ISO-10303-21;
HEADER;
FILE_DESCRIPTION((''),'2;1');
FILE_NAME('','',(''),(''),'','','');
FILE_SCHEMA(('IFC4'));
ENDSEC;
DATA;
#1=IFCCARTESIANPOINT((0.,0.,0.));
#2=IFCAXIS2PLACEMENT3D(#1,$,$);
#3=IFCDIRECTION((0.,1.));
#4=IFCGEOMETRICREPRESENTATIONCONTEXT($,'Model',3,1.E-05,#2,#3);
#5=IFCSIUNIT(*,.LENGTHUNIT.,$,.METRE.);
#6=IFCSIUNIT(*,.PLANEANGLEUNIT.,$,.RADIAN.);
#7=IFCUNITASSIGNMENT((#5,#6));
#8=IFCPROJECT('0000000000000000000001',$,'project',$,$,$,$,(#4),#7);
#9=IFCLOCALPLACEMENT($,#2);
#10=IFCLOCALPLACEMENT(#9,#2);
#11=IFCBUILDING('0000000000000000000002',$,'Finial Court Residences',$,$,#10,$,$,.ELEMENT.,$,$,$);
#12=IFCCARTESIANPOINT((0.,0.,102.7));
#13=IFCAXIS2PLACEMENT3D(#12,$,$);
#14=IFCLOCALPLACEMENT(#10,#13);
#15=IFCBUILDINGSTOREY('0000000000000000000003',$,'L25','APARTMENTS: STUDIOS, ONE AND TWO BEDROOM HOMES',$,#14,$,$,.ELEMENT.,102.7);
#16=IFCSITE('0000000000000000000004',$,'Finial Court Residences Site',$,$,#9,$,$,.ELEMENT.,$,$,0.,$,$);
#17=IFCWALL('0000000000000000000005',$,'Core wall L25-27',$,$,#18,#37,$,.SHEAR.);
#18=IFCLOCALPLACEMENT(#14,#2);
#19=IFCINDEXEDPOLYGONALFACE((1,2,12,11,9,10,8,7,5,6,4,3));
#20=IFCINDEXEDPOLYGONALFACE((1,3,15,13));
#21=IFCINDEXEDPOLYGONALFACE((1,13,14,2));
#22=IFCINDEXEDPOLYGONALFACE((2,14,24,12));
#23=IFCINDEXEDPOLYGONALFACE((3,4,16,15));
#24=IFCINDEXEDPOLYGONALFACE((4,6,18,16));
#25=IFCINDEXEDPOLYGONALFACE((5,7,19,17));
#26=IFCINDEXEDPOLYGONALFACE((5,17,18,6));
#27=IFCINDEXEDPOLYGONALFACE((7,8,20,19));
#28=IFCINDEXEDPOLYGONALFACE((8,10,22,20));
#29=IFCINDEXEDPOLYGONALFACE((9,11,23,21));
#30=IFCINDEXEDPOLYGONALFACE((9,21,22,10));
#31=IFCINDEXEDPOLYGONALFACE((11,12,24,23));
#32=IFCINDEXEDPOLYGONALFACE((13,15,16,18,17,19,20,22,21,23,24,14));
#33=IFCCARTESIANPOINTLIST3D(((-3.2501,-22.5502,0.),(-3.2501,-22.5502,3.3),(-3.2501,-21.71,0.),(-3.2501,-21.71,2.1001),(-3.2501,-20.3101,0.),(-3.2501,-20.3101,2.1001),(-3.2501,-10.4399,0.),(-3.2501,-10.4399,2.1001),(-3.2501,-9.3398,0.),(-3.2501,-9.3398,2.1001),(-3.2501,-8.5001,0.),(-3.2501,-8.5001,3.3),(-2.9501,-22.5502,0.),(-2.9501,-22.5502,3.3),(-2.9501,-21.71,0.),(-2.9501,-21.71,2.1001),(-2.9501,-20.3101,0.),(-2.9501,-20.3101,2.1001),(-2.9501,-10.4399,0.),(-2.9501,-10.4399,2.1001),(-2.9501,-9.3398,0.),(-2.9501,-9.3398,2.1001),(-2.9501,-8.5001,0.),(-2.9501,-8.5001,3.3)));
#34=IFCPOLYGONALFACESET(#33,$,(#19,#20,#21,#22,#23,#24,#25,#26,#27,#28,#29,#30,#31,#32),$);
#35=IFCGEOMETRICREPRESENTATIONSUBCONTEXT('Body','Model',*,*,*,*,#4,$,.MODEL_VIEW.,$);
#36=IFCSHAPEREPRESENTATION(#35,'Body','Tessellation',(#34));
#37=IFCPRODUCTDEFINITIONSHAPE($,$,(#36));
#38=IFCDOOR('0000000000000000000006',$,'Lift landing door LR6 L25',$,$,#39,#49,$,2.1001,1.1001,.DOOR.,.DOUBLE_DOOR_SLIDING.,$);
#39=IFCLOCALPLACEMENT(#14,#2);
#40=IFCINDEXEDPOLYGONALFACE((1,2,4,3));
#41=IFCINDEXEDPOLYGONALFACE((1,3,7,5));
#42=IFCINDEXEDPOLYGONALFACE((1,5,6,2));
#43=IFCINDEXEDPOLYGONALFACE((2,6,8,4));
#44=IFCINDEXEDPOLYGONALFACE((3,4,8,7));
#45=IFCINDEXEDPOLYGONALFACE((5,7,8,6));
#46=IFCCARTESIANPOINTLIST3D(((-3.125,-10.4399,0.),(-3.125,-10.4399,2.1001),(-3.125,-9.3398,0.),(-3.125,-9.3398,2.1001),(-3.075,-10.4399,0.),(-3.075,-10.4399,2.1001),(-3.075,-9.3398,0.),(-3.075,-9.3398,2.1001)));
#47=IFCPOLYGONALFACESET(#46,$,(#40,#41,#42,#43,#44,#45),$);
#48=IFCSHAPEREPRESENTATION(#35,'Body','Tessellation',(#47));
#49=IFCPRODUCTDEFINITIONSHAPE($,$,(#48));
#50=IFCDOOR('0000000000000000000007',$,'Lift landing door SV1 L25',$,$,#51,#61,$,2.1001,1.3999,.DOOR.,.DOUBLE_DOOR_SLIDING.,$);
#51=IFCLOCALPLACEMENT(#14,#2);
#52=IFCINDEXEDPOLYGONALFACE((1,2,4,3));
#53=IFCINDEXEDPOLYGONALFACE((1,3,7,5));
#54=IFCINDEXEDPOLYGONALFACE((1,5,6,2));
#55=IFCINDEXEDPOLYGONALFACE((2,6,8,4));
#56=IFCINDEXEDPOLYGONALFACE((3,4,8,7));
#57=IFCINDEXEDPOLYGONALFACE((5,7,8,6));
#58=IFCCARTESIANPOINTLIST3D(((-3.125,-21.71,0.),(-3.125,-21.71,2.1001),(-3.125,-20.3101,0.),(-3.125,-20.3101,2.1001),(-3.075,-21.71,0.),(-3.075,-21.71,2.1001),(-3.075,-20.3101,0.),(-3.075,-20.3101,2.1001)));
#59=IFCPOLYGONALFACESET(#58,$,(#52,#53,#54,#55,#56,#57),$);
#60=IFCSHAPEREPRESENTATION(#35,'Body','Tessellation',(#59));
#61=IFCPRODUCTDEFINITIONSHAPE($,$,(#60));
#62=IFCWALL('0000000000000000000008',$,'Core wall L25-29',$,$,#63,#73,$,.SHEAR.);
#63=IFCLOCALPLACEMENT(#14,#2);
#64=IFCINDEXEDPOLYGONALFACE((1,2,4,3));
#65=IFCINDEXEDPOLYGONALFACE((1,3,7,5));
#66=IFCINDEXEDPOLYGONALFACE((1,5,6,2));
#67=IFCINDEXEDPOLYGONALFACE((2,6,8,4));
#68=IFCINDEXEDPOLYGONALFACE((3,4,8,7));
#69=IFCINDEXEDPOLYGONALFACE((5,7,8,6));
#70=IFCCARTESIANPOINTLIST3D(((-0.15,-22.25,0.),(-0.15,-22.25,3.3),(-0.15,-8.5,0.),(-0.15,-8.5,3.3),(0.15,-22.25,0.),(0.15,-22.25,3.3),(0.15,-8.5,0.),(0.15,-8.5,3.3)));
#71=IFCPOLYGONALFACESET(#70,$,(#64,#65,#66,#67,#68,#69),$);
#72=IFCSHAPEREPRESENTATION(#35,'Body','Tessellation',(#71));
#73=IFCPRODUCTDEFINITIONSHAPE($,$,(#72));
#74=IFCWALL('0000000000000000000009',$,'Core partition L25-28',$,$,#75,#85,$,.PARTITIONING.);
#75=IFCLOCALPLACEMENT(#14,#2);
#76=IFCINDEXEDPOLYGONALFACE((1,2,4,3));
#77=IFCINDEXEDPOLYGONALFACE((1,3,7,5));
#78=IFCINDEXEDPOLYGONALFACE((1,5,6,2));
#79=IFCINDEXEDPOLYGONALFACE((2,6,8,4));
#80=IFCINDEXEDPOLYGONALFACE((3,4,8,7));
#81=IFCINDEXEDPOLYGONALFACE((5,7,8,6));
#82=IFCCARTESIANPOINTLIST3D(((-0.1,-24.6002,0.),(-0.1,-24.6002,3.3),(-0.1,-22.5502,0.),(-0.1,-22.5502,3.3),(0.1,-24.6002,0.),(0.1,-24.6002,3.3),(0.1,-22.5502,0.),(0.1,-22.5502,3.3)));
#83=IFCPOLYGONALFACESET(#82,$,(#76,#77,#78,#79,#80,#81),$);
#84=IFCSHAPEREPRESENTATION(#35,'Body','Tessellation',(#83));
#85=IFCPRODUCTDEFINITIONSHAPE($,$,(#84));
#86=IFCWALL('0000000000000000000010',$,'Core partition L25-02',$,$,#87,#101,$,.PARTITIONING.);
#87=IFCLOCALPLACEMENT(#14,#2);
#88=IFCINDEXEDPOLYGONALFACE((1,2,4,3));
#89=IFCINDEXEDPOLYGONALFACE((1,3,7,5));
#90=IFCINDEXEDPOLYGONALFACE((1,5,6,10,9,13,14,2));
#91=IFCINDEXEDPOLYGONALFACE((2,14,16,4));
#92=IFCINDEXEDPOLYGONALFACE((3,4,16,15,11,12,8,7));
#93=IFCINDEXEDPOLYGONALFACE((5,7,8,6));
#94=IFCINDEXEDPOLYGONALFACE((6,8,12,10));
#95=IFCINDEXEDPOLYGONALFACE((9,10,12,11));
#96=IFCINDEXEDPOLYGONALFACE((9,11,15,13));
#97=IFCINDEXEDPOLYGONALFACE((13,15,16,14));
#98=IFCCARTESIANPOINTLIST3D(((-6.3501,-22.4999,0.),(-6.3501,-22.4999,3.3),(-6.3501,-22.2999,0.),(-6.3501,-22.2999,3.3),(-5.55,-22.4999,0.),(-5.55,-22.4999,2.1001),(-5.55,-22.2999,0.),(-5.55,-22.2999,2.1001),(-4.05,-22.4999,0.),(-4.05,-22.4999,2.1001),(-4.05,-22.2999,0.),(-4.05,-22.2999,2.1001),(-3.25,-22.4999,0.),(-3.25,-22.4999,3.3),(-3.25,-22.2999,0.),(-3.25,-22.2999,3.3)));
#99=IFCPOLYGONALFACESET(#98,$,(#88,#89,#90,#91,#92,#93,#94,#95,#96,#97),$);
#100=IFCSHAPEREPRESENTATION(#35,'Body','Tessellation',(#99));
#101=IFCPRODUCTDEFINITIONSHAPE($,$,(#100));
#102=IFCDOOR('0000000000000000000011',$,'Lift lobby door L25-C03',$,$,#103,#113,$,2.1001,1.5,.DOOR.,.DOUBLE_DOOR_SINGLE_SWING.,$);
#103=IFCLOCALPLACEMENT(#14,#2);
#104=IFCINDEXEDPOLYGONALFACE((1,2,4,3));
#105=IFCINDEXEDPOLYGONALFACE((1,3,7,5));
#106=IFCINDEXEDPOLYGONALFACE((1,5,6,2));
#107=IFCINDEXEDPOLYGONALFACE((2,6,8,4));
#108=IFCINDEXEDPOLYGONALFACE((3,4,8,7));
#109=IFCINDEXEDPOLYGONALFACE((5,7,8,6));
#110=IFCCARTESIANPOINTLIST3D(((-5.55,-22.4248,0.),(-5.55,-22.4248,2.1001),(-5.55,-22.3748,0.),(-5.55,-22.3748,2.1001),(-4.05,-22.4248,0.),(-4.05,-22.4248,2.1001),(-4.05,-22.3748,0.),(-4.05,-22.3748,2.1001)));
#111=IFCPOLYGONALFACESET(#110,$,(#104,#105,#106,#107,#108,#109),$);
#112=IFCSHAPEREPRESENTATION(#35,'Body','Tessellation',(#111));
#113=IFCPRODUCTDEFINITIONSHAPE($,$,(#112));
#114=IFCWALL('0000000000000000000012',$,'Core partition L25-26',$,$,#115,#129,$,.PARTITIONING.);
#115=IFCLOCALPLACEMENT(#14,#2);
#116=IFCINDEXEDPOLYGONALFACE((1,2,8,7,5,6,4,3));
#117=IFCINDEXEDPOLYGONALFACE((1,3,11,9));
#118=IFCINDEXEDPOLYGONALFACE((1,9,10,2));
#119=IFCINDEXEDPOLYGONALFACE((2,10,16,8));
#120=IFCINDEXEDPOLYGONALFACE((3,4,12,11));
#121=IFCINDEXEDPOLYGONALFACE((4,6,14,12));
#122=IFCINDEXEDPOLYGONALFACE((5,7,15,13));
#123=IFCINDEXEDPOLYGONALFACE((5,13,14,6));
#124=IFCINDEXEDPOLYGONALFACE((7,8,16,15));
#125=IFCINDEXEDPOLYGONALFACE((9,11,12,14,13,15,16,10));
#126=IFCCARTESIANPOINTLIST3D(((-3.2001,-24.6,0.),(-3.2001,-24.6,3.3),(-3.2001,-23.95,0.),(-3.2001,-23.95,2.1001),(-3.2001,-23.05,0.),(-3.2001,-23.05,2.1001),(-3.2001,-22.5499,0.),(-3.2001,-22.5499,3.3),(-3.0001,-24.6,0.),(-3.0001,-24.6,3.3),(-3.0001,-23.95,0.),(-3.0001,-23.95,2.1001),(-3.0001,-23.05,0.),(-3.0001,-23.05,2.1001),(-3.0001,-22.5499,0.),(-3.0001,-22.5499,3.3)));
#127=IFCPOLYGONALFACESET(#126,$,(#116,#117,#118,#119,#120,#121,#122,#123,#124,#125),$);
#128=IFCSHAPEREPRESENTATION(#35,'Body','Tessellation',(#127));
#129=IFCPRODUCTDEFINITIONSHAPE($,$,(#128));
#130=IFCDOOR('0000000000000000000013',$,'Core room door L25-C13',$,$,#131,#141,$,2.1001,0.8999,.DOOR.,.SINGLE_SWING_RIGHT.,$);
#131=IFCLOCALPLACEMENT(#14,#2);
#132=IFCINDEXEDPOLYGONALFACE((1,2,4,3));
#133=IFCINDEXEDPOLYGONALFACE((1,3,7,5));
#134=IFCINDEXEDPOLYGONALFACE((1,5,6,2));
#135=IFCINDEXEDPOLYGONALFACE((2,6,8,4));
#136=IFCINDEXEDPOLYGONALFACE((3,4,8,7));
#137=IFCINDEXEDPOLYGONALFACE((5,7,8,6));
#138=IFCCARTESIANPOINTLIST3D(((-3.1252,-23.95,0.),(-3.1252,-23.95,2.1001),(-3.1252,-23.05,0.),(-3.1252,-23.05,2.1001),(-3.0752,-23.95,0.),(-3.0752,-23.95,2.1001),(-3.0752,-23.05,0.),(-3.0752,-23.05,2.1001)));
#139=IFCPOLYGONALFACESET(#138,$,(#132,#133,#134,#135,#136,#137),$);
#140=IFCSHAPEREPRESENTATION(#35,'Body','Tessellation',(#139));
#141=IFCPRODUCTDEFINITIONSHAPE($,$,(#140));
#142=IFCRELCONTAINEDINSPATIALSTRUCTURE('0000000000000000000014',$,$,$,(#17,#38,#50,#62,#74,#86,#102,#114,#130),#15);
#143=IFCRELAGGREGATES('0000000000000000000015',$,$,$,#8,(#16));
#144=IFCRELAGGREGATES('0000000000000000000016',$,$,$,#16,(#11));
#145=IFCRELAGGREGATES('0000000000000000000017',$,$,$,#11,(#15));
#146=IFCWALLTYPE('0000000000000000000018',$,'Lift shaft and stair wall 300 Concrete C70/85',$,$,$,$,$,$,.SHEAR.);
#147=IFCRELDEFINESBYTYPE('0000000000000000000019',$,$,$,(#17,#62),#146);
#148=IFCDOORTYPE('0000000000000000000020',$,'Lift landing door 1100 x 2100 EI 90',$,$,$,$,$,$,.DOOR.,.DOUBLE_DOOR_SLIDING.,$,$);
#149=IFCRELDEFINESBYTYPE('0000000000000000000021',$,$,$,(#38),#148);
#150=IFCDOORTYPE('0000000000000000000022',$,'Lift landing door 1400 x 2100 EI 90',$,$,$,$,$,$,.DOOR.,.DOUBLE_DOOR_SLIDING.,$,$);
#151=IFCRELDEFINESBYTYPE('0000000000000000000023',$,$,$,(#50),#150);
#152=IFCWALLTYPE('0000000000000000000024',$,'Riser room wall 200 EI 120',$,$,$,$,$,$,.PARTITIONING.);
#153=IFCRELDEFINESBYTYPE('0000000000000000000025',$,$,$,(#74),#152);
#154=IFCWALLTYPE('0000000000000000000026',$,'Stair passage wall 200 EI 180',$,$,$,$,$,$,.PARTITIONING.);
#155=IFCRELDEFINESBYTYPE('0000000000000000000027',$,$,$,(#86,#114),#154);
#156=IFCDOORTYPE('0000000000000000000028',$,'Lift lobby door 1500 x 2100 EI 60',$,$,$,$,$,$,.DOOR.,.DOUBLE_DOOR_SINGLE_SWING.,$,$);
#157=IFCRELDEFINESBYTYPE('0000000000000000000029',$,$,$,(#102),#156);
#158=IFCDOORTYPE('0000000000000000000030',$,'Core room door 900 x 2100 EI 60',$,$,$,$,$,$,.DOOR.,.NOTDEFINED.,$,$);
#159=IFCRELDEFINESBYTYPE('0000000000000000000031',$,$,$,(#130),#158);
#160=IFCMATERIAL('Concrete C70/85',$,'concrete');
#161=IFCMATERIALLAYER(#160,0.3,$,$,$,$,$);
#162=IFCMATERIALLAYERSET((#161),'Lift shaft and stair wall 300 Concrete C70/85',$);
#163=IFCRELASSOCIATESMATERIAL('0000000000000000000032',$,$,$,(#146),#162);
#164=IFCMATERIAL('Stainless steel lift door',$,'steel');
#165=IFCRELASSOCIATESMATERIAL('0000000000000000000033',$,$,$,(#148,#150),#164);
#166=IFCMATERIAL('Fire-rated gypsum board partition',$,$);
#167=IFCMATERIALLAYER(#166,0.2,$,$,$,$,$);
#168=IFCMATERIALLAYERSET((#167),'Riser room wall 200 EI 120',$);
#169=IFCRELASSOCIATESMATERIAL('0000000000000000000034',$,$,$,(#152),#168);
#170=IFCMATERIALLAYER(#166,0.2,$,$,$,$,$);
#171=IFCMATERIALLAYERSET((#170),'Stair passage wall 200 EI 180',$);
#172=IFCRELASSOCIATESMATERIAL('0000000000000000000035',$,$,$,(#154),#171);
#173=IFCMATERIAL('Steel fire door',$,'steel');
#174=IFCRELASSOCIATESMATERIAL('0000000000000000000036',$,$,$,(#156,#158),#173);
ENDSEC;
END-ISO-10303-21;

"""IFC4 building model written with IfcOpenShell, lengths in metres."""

from ifc_helpers import new_model, si_unit, direction, frame, frame_2d, origin, place, context, subcontext, project, spatial, rectangle, extrude, material, layer, layer_set, type_object, element, fill, save


model = new_model("IFC4")

# Units and contexts
model_context = context("Model", 3, precision=1e-05, world=origin(), true_north=direction((0.0, 1.0)))
body_context = subcontext(model_context, "Body", "Model", "MODEL_VIEW")
ifc_project = project(units=[si_unit("LENGTHUNIT", "METRE"), si_unit("PLANEANGLEUNIT", "RADIAN")], contexts=[model_context])

# Site, building, storey
site_placement = place(None, origin())
site = spatial("IfcSite", under=ifc_project, at=site_placement, Name="Finial Court Residences Site", CompositionType="ELEMENT", RefElevation=0.0)
building_placement = place(site_placement, origin())
building = spatial("IfcBuilding", under=site, at=building_placement, Name="Finial Court Residences", CompositionType="ELEMENT")
storey_placement = place(building_placement, frame((0.0, 0.0, 102.7)))
storey = spatial("IfcBuildingStorey", under=building, at=storey_placement, Name="L25", Description="APARTMENTS: STUDIOS, ONE AND TWO BEDROOM HOMES", CompositionType="ELEMENT", Elevation=102.7)

# Shared definitions
ifc_material_1 = material(Name="Concrete C70/85", Category="concrete")
ifc_layer_1 = layer(ifc_material_1, 0.3)
ifc_layer_set_1 = layer_set([ifc_layer_1], Name="Lift shaft and stair wall 300 Concrete C70/85")
wall_type_1 = type_object("IfcWallType", Name="Lift shaft and stair wall 300 Concrete C70/85", PredefinedType="SHEAR", material=ifc_layer_set_1)

# Shared definitions
ifc_material_2 = material(Name="Steel fire door", Category="steel")

# Wall, openings, doors
ifc_material_3 = material(Name="Stainless steel lift door", Category="steel")
door_type_1 = type_object("IfcDoorType", Name="Lift landing door 1100 x 2100 EI 90", OperationType="DOUBLE_DOOR_SLIDING", PredefinedType="DOOR", material=ifc_material_3)
wall_1_placement = place(storey_placement, frame((-3.1001, -22.55, 0.0), z_axis=(0.0, 0.0, 1.0), x_axis=(0.0, 1.0, 0.0)))
wall_1 = element("IfcWall", 1, at=wall_1_placement, inside=storey, type_object=wall_type_1, Name="Core wall L25-27", PredefinedType="SHEAR", context=body_context, shape_type="SweptSolid", body=[
    extrude(rectangle(XDim=14.05, YDim=0.3, at=frame_2d((7.0249, 0.0))), origin(), (0.0, 0.0, 1.0), 3.3),
])
opening_1_placement = place(wall_1_placement, frame((12.1101, 0.0, 0.0)))
opening_1 = element("IfcOpeningElement", 2, at=opening_1_placement, cuts=wall_1, PredefinedType="OPENING", context=body_context, shape_type="SweptSolid", body=[
    extrude(rectangle(XDim=1.1001, YDim=2.1001, at=frame_2d((0.55, 1.05))), frame((0.0, 0.1599, 0.0), z_axis=(0.0, -1.0, 0.0), x_axis=(1.0, 0.0, 0.0)), (0.0, 0.0, 1.0), 0.3201),
])
opening_2_placement = place(wall_1_placement, frame((0.8401, 0.0, 0.0)))
opening_2 = element("IfcOpeningElement", 3, at=opening_2_placement, cuts=wall_1, PredefinedType="OPENING", context=body_context, shape_type="SweptSolid", body=[
    extrude(rectangle(XDim=1.3999, YDim=2.1001, at=frame_2d((0.7, 1.05))), frame((0.0, 0.1599, 0.0), z_axis=(0.0, -1.0, 0.0), x_axis=(1.0, 0.0, 0.0)), (0.0, 0.0, 1.0), 0.3201),
])
door_1_placement = place(opening_1_placement, origin())
door_1 = element("IfcDoor", 4, at=door_1_placement, inside=storey, type_object=door_type_1, Name="Lift landing door LR6 L25", OperationType="DOUBLE_DOOR_SLIDING", OverallHeight=2.1001, OverallWidth=1.1001, PredefinedType="DOOR", context=body_context, shape_type="SweptSolid", body=[
    extrude(rectangle(XDim=1.1001, YDim=2.1001, at=frame_2d((0.55, 1.05))), frame((0.0, 0.0249, 0.0), z_axis=(0.0, -1.0, 0.0), x_axis=(1.0, 0.0, 0.0)), (0.0, 0.0, 1.0), 0.05),
])
fill(opening_1, door_1)
door_type_2 = type_object("IfcDoorType", Name="Lift landing door 1400 x 2100 EI 90", OperationType="DOUBLE_DOOR_SLIDING", PredefinedType="DOOR", material=ifc_material_3)
door_2_placement = place(opening_2_placement, origin())
door_2 = element("IfcDoor", 5, at=door_2_placement, inside=storey, type_object=door_type_2, Name="Lift landing door SV1 L25", OperationType="DOUBLE_DOOR_SLIDING", OverallHeight=2.1001, OverallWidth=1.3999, PredefinedType="DOOR", context=body_context, shape_type="SweptSolid", body=[
    extrude(rectangle(XDim=1.3999, YDim=2.1001, at=frame_2d((0.7, 1.05))), frame((0.0, 0.0249, 0.0), z_axis=(0.0, -1.0, 0.0), x_axis=(1.0, 0.0, 0.0)), (0.0, 0.0, 1.0), 0.05),
])
fill(opening_2, door_2)

# Walls
wall_2_placement = place(storey_placement, frame((0.0, -22.25, 0.0), z_axis=(0.0, 0.0, 1.0), x_axis=(0.0, 1.0, 0.0)))
element("IfcWall", 6, at=wall_2_placement, inside=storey, type_object=wall_type_1, Name="Core wall L25-29", PredefinedType="SHEAR", context=body_context, shape_type="SweptSolid", body=[
    extrude(rectangle(XDim=13.75, YDim=0.3, at=frame_2d((6.875, 0.0))), origin(), (0.0, 0.0, 1.0), 3.3),
])
ifc_material_4 = material(Name="Fire-rated gypsum board partition")
ifc_layer_2 = layer(ifc_material_4, 0.2)
ifc_layer_set_2 = layer_set([ifc_layer_2], Name="Riser room wall 200 EI 120")
wall_type_2 = type_object("IfcWallType", Name="Riser room wall 200 EI 120", PredefinedType="PARTITIONING", material=ifc_layer_set_2)
wall_3_placement = place(storey_placement, frame((0.0, -24.6001, 0.0), z_axis=(0.0, 0.0, 1.0), x_axis=(0.0, 1.0, 0.0)))
element("IfcWall", 7, at=wall_3_placement, inside=storey, type_object=wall_type_2, Name="Core partition L25-28", PredefinedType="PARTITIONING", context=body_context, shape_type="SweptSolid", body=[
    extrude(rectangle(XDim=2.05, YDim=0.2, at=frame_2d((1.0249, 0.0))), origin(), (0.0, 0.0, 1.0), 3.3),
])

# Walls, openings, doors
ifc_layer_3 = layer(ifc_material_4, 0.2)
ifc_layer_set_3 = layer_set([ifc_layer_3], Name="Stair passage wall 200 EI 180")
wall_type_3 = type_object("IfcWallType", Name="Stair passage wall 200 EI 180", PredefinedType="PARTITIONING", material=ifc_layer_set_3)
wall_4_placement = place(storey_placement, frame((-3.25, -22.3999, 0.0), z_axis=(0.0, 0.0, 1.0), x_axis=(-1.0, 0.0, 0.0)))
wall_4 = element("IfcWall", 8, at=wall_4_placement, inside=storey, type_object=wall_type_3, Name="Core partition L25-02", PredefinedType="PARTITIONING", context=body_context, shape_type="SweptSolid", body=[
    extrude(rectangle(XDim=3.1001, YDim=0.2, at=frame_2d((1.55, 0.0))), origin(), (0.0, 0.0, 1.0), 3.3),
])
opening_3_placement = place(wall_4_placement, frame((0.8, 0.0, 0.0)))
opening_3 = element("IfcOpeningElement", 9, at=opening_3_placement, cuts=wall_4, PredefinedType="OPENING", context=body_context, shape_type="SweptSolid", body=[
    extrude(rectangle(XDim=1.5, YDim=2.1001, at=frame_2d((0.75, 1.05))), frame((0.0, 0.1099, 0.0), z_axis=(0.0, -1.0, 0.0), x_axis=(1.0, 0.0, 0.0)), (0.0, 0.0, 1.0), 0.22),
])
door_type_3 = type_object("IfcDoorType", Name="Lift lobby door 1500 x 2100 EI 60", OperationType="DOUBLE_DOOR_SINGLE_SWING", PredefinedType="DOOR", material=ifc_material_2)
door_3_placement = place(opening_3_placement, origin())
door_3 = element("IfcDoor", 10, at=door_3_placement, inside=storey, type_object=door_type_3, Name="Lift lobby door L25-C03", OperationType="DOUBLE_DOOR_SINGLE_SWING", OverallHeight=2.1001, OverallWidth=1.5, PredefinedType="DOOR", context=body_context, shape_type="SweptSolid", body=[
    extrude(rectangle(XDim=1.5, YDim=2.1001, at=frame_2d((0.75, 1.05))), frame((0.0, 0.0249, 0.0), z_axis=(0.0, -1.0, 0.0), x_axis=(1.0, 0.0, 0.0)), (0.0, 0.0, 1.0), 0.05),
])
fill(opening_3, door_3)
wall_5_placement = place(storey_placement, frame((-3.1001, -22.55, 0.0), z_axis=(0.0, 0.0, 1.0), x_axis=(0.0, -1.0, 0.0)))
wall_5 = element("IfcWall", 11, at=wall_5_placement, inside=storey, type_object=wall_type_3, Name="Core partition L25-26", PredefinedType="PARTITIONING", context=body_context, shape_type="SweptSolid", body=[
    extrude(rectangle(XDim=2.05, YDim=0.2, at=frame_2d((1.0249, 0.0))), origin(), (0.0, 0.0, 1.0), 3.3),
])
opening_4_placement = place(wall_5_placement, frame((0.5, 0.0, 0.0)))
opening_4 = element("IfcOpeningElement", 12, at=opening_4_placement, cuts=wall_5, PredefinedType="OPENING", context=body_context, shape_type="SweptSolid", body=[
    extrude(rectangle(XDim=0.8999, YDim=2.1001, at=frame_2d((0.45, 1.05))), frame((0.0, 0.1099, 0.0), z_axis=(0.0, -1.0, 0.0), x_axis=(1.0, 0.0, 0.0)), (0.0, 0.0, 1.0), 0.22),
])
door_type_4 = type_object("IfcDoorType", Name="Core room door 900 x 2100 EI 60", OperationType="NOTDEFINED", PredefinedType="DOOR", material=ifc_material_2)
door_4_placement = place(opening_4_placement, origin())
door_4 = element("IfcDoor", 13, at=door_4_placement, inside=storey, type_object=door_type_4, Name="Core room door L25-C13", OperationType="SINGLE_SWING_RIGHT", OverallHeight=2.1001, OverallWidth=0.8999, PredefinedType="DOOR", context=body_context, shape_type="SweptSolid", body=[
    extrude(rectangle(XDim=0.8999, YDim=2.1001, at=frame_2d((0.45, 1.05))), frame((0.0, 0.0249, 0.0), z_axis=(0.0, -1.0, 0.0), x_axis=(1.0, 0.0, 0.0)), (0.0, 0.0, 1.0), 0.05),
])
fill(opening_4, door_4)

save(model, "model.ifc")
